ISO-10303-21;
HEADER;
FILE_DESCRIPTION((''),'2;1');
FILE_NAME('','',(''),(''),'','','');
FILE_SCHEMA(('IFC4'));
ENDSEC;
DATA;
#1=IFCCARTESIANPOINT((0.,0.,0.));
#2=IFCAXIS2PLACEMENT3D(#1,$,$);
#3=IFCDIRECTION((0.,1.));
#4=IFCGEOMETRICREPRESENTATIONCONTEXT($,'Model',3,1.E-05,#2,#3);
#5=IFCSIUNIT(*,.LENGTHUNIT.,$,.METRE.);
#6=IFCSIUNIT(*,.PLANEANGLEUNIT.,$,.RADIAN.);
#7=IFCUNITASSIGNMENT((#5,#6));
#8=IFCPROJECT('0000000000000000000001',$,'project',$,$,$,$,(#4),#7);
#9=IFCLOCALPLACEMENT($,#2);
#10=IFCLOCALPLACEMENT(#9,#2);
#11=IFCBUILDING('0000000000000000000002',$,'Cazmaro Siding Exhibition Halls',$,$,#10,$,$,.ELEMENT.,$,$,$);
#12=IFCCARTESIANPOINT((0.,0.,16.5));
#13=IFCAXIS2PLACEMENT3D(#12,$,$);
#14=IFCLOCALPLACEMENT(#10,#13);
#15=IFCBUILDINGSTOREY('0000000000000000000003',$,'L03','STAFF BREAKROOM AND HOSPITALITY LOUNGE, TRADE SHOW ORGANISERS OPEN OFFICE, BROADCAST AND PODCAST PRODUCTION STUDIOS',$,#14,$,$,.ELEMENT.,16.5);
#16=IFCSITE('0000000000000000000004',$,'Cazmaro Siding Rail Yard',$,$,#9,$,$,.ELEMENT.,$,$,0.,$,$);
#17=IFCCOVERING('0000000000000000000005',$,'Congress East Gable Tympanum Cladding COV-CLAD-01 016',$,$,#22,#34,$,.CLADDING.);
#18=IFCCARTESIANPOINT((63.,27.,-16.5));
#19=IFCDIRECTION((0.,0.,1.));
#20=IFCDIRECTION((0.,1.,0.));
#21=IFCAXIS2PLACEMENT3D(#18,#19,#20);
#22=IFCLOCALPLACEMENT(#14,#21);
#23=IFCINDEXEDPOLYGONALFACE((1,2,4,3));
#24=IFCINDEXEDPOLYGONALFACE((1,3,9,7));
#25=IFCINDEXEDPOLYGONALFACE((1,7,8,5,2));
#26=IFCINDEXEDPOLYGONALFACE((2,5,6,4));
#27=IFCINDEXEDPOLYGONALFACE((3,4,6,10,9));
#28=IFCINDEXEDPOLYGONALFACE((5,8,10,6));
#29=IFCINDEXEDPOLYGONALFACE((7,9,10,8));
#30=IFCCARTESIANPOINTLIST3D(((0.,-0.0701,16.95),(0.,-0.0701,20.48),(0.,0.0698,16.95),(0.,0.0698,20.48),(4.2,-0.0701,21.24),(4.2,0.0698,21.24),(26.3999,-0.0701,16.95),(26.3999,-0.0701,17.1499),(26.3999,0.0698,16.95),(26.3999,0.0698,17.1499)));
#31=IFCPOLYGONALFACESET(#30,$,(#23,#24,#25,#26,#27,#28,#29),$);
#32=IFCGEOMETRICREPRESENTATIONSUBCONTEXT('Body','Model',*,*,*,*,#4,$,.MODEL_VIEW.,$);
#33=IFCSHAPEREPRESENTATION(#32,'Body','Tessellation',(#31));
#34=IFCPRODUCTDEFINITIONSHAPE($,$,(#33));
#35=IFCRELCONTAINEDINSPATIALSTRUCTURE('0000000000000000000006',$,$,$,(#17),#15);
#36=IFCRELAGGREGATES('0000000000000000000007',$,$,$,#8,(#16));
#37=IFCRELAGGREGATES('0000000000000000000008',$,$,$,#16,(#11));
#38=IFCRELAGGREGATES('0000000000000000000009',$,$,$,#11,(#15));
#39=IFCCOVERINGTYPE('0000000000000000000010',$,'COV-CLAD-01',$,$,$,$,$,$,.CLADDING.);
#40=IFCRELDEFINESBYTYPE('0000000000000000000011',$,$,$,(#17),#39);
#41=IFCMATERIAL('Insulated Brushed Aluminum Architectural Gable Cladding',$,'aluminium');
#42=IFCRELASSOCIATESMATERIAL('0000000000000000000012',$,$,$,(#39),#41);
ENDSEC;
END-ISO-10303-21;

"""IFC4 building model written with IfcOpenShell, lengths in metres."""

from ifc_helpers import new_model, si_unit, direction, frame, origin, place, context, subcontext, project, spatial, polyline, outline, extrude, material, type_object, element, save


model = new_model("IFC4")

# Units and contexts
model_context = context("Model", 3, precision=1e-05, world=origin(), true_north=direction((0.0, 1.0)))
body_context = subcontext(model_context, "Body", "Model", "MODEL_VIEW")
ifc_project = project(units=[si_unit("LENGTHUNIT", "METRE"), si_unit("PLANEANGLEUNIT", "RADIAN")], contexts=[model_context])

# Site, building, storey
site_placement = place(None, origin())
site = spatial("IfcSite", under=ifc_project, at=site_placement, Name="Cazmaro Siding Rail Yard", CompositionType="ELEMENT", RefElevation=0.0)
building_placement = place(site_placement, origin())
building = spatial("IfcBuilding", under=site, at=building_placement, Name="Cazmaro Siding Exhibition Halls", CompositionType="ELEMENT")
storey_placement = place(building_placement, frame((0.0, 0.0, 16.5)))
storey = spatial("IfcBuildingStorey", under=building, at=storey_placement, Name="L03", Description="STAFF BREAKROOM AND HOSPITALITY LOUNGE, TRADE SHOW ORGANISERS OPEN OFFICE, BROADCAST AND PODCAST PRODUCTION STUDIOS", CompositionType="ELEMENT", Elevation=16.5)

# Covering
ifc_material_1 = material(Name="Insulated Brushed Aluminum Architectural Gable Cladding", Category="aluminium")
covering_type = type_object("IfcCoveringType", Name="COV-CLAD-01", PredefinedType="CLADDING", material=ifc_material_1)
covering_placement = place(storey_placement, frame((63.0, 27.0, -16.5), z_axis=(0.0, 0.0, 1.0), x_axis=(0.0, 1.0, 0.0)))
element("IfcCovering", 1, at=covering_placement, inside=storey, type_object=covering_type, Name="Congress East Gable Tympanum Cladding COV-CLAD-01 016", PredefinedType="CLADDING", context=body_context, shape_type="SweptSolid", body=[
    extrude(outline(polyline([(0.0, 16.95), (26.3999, 16.95), (26.3999, 17.1499), (4.2, 21.24), (0.0, 20.48), (0.0, 16.95)])), frame((0.0, 0.0698, 0.0), z_axis=(0.0, -1.0, 0.0), x_axis=(1.0, 0.0, 0.0)), (0.0, 0.0, 1.0), 0.1399),
])

save(model, "model.ifc")
